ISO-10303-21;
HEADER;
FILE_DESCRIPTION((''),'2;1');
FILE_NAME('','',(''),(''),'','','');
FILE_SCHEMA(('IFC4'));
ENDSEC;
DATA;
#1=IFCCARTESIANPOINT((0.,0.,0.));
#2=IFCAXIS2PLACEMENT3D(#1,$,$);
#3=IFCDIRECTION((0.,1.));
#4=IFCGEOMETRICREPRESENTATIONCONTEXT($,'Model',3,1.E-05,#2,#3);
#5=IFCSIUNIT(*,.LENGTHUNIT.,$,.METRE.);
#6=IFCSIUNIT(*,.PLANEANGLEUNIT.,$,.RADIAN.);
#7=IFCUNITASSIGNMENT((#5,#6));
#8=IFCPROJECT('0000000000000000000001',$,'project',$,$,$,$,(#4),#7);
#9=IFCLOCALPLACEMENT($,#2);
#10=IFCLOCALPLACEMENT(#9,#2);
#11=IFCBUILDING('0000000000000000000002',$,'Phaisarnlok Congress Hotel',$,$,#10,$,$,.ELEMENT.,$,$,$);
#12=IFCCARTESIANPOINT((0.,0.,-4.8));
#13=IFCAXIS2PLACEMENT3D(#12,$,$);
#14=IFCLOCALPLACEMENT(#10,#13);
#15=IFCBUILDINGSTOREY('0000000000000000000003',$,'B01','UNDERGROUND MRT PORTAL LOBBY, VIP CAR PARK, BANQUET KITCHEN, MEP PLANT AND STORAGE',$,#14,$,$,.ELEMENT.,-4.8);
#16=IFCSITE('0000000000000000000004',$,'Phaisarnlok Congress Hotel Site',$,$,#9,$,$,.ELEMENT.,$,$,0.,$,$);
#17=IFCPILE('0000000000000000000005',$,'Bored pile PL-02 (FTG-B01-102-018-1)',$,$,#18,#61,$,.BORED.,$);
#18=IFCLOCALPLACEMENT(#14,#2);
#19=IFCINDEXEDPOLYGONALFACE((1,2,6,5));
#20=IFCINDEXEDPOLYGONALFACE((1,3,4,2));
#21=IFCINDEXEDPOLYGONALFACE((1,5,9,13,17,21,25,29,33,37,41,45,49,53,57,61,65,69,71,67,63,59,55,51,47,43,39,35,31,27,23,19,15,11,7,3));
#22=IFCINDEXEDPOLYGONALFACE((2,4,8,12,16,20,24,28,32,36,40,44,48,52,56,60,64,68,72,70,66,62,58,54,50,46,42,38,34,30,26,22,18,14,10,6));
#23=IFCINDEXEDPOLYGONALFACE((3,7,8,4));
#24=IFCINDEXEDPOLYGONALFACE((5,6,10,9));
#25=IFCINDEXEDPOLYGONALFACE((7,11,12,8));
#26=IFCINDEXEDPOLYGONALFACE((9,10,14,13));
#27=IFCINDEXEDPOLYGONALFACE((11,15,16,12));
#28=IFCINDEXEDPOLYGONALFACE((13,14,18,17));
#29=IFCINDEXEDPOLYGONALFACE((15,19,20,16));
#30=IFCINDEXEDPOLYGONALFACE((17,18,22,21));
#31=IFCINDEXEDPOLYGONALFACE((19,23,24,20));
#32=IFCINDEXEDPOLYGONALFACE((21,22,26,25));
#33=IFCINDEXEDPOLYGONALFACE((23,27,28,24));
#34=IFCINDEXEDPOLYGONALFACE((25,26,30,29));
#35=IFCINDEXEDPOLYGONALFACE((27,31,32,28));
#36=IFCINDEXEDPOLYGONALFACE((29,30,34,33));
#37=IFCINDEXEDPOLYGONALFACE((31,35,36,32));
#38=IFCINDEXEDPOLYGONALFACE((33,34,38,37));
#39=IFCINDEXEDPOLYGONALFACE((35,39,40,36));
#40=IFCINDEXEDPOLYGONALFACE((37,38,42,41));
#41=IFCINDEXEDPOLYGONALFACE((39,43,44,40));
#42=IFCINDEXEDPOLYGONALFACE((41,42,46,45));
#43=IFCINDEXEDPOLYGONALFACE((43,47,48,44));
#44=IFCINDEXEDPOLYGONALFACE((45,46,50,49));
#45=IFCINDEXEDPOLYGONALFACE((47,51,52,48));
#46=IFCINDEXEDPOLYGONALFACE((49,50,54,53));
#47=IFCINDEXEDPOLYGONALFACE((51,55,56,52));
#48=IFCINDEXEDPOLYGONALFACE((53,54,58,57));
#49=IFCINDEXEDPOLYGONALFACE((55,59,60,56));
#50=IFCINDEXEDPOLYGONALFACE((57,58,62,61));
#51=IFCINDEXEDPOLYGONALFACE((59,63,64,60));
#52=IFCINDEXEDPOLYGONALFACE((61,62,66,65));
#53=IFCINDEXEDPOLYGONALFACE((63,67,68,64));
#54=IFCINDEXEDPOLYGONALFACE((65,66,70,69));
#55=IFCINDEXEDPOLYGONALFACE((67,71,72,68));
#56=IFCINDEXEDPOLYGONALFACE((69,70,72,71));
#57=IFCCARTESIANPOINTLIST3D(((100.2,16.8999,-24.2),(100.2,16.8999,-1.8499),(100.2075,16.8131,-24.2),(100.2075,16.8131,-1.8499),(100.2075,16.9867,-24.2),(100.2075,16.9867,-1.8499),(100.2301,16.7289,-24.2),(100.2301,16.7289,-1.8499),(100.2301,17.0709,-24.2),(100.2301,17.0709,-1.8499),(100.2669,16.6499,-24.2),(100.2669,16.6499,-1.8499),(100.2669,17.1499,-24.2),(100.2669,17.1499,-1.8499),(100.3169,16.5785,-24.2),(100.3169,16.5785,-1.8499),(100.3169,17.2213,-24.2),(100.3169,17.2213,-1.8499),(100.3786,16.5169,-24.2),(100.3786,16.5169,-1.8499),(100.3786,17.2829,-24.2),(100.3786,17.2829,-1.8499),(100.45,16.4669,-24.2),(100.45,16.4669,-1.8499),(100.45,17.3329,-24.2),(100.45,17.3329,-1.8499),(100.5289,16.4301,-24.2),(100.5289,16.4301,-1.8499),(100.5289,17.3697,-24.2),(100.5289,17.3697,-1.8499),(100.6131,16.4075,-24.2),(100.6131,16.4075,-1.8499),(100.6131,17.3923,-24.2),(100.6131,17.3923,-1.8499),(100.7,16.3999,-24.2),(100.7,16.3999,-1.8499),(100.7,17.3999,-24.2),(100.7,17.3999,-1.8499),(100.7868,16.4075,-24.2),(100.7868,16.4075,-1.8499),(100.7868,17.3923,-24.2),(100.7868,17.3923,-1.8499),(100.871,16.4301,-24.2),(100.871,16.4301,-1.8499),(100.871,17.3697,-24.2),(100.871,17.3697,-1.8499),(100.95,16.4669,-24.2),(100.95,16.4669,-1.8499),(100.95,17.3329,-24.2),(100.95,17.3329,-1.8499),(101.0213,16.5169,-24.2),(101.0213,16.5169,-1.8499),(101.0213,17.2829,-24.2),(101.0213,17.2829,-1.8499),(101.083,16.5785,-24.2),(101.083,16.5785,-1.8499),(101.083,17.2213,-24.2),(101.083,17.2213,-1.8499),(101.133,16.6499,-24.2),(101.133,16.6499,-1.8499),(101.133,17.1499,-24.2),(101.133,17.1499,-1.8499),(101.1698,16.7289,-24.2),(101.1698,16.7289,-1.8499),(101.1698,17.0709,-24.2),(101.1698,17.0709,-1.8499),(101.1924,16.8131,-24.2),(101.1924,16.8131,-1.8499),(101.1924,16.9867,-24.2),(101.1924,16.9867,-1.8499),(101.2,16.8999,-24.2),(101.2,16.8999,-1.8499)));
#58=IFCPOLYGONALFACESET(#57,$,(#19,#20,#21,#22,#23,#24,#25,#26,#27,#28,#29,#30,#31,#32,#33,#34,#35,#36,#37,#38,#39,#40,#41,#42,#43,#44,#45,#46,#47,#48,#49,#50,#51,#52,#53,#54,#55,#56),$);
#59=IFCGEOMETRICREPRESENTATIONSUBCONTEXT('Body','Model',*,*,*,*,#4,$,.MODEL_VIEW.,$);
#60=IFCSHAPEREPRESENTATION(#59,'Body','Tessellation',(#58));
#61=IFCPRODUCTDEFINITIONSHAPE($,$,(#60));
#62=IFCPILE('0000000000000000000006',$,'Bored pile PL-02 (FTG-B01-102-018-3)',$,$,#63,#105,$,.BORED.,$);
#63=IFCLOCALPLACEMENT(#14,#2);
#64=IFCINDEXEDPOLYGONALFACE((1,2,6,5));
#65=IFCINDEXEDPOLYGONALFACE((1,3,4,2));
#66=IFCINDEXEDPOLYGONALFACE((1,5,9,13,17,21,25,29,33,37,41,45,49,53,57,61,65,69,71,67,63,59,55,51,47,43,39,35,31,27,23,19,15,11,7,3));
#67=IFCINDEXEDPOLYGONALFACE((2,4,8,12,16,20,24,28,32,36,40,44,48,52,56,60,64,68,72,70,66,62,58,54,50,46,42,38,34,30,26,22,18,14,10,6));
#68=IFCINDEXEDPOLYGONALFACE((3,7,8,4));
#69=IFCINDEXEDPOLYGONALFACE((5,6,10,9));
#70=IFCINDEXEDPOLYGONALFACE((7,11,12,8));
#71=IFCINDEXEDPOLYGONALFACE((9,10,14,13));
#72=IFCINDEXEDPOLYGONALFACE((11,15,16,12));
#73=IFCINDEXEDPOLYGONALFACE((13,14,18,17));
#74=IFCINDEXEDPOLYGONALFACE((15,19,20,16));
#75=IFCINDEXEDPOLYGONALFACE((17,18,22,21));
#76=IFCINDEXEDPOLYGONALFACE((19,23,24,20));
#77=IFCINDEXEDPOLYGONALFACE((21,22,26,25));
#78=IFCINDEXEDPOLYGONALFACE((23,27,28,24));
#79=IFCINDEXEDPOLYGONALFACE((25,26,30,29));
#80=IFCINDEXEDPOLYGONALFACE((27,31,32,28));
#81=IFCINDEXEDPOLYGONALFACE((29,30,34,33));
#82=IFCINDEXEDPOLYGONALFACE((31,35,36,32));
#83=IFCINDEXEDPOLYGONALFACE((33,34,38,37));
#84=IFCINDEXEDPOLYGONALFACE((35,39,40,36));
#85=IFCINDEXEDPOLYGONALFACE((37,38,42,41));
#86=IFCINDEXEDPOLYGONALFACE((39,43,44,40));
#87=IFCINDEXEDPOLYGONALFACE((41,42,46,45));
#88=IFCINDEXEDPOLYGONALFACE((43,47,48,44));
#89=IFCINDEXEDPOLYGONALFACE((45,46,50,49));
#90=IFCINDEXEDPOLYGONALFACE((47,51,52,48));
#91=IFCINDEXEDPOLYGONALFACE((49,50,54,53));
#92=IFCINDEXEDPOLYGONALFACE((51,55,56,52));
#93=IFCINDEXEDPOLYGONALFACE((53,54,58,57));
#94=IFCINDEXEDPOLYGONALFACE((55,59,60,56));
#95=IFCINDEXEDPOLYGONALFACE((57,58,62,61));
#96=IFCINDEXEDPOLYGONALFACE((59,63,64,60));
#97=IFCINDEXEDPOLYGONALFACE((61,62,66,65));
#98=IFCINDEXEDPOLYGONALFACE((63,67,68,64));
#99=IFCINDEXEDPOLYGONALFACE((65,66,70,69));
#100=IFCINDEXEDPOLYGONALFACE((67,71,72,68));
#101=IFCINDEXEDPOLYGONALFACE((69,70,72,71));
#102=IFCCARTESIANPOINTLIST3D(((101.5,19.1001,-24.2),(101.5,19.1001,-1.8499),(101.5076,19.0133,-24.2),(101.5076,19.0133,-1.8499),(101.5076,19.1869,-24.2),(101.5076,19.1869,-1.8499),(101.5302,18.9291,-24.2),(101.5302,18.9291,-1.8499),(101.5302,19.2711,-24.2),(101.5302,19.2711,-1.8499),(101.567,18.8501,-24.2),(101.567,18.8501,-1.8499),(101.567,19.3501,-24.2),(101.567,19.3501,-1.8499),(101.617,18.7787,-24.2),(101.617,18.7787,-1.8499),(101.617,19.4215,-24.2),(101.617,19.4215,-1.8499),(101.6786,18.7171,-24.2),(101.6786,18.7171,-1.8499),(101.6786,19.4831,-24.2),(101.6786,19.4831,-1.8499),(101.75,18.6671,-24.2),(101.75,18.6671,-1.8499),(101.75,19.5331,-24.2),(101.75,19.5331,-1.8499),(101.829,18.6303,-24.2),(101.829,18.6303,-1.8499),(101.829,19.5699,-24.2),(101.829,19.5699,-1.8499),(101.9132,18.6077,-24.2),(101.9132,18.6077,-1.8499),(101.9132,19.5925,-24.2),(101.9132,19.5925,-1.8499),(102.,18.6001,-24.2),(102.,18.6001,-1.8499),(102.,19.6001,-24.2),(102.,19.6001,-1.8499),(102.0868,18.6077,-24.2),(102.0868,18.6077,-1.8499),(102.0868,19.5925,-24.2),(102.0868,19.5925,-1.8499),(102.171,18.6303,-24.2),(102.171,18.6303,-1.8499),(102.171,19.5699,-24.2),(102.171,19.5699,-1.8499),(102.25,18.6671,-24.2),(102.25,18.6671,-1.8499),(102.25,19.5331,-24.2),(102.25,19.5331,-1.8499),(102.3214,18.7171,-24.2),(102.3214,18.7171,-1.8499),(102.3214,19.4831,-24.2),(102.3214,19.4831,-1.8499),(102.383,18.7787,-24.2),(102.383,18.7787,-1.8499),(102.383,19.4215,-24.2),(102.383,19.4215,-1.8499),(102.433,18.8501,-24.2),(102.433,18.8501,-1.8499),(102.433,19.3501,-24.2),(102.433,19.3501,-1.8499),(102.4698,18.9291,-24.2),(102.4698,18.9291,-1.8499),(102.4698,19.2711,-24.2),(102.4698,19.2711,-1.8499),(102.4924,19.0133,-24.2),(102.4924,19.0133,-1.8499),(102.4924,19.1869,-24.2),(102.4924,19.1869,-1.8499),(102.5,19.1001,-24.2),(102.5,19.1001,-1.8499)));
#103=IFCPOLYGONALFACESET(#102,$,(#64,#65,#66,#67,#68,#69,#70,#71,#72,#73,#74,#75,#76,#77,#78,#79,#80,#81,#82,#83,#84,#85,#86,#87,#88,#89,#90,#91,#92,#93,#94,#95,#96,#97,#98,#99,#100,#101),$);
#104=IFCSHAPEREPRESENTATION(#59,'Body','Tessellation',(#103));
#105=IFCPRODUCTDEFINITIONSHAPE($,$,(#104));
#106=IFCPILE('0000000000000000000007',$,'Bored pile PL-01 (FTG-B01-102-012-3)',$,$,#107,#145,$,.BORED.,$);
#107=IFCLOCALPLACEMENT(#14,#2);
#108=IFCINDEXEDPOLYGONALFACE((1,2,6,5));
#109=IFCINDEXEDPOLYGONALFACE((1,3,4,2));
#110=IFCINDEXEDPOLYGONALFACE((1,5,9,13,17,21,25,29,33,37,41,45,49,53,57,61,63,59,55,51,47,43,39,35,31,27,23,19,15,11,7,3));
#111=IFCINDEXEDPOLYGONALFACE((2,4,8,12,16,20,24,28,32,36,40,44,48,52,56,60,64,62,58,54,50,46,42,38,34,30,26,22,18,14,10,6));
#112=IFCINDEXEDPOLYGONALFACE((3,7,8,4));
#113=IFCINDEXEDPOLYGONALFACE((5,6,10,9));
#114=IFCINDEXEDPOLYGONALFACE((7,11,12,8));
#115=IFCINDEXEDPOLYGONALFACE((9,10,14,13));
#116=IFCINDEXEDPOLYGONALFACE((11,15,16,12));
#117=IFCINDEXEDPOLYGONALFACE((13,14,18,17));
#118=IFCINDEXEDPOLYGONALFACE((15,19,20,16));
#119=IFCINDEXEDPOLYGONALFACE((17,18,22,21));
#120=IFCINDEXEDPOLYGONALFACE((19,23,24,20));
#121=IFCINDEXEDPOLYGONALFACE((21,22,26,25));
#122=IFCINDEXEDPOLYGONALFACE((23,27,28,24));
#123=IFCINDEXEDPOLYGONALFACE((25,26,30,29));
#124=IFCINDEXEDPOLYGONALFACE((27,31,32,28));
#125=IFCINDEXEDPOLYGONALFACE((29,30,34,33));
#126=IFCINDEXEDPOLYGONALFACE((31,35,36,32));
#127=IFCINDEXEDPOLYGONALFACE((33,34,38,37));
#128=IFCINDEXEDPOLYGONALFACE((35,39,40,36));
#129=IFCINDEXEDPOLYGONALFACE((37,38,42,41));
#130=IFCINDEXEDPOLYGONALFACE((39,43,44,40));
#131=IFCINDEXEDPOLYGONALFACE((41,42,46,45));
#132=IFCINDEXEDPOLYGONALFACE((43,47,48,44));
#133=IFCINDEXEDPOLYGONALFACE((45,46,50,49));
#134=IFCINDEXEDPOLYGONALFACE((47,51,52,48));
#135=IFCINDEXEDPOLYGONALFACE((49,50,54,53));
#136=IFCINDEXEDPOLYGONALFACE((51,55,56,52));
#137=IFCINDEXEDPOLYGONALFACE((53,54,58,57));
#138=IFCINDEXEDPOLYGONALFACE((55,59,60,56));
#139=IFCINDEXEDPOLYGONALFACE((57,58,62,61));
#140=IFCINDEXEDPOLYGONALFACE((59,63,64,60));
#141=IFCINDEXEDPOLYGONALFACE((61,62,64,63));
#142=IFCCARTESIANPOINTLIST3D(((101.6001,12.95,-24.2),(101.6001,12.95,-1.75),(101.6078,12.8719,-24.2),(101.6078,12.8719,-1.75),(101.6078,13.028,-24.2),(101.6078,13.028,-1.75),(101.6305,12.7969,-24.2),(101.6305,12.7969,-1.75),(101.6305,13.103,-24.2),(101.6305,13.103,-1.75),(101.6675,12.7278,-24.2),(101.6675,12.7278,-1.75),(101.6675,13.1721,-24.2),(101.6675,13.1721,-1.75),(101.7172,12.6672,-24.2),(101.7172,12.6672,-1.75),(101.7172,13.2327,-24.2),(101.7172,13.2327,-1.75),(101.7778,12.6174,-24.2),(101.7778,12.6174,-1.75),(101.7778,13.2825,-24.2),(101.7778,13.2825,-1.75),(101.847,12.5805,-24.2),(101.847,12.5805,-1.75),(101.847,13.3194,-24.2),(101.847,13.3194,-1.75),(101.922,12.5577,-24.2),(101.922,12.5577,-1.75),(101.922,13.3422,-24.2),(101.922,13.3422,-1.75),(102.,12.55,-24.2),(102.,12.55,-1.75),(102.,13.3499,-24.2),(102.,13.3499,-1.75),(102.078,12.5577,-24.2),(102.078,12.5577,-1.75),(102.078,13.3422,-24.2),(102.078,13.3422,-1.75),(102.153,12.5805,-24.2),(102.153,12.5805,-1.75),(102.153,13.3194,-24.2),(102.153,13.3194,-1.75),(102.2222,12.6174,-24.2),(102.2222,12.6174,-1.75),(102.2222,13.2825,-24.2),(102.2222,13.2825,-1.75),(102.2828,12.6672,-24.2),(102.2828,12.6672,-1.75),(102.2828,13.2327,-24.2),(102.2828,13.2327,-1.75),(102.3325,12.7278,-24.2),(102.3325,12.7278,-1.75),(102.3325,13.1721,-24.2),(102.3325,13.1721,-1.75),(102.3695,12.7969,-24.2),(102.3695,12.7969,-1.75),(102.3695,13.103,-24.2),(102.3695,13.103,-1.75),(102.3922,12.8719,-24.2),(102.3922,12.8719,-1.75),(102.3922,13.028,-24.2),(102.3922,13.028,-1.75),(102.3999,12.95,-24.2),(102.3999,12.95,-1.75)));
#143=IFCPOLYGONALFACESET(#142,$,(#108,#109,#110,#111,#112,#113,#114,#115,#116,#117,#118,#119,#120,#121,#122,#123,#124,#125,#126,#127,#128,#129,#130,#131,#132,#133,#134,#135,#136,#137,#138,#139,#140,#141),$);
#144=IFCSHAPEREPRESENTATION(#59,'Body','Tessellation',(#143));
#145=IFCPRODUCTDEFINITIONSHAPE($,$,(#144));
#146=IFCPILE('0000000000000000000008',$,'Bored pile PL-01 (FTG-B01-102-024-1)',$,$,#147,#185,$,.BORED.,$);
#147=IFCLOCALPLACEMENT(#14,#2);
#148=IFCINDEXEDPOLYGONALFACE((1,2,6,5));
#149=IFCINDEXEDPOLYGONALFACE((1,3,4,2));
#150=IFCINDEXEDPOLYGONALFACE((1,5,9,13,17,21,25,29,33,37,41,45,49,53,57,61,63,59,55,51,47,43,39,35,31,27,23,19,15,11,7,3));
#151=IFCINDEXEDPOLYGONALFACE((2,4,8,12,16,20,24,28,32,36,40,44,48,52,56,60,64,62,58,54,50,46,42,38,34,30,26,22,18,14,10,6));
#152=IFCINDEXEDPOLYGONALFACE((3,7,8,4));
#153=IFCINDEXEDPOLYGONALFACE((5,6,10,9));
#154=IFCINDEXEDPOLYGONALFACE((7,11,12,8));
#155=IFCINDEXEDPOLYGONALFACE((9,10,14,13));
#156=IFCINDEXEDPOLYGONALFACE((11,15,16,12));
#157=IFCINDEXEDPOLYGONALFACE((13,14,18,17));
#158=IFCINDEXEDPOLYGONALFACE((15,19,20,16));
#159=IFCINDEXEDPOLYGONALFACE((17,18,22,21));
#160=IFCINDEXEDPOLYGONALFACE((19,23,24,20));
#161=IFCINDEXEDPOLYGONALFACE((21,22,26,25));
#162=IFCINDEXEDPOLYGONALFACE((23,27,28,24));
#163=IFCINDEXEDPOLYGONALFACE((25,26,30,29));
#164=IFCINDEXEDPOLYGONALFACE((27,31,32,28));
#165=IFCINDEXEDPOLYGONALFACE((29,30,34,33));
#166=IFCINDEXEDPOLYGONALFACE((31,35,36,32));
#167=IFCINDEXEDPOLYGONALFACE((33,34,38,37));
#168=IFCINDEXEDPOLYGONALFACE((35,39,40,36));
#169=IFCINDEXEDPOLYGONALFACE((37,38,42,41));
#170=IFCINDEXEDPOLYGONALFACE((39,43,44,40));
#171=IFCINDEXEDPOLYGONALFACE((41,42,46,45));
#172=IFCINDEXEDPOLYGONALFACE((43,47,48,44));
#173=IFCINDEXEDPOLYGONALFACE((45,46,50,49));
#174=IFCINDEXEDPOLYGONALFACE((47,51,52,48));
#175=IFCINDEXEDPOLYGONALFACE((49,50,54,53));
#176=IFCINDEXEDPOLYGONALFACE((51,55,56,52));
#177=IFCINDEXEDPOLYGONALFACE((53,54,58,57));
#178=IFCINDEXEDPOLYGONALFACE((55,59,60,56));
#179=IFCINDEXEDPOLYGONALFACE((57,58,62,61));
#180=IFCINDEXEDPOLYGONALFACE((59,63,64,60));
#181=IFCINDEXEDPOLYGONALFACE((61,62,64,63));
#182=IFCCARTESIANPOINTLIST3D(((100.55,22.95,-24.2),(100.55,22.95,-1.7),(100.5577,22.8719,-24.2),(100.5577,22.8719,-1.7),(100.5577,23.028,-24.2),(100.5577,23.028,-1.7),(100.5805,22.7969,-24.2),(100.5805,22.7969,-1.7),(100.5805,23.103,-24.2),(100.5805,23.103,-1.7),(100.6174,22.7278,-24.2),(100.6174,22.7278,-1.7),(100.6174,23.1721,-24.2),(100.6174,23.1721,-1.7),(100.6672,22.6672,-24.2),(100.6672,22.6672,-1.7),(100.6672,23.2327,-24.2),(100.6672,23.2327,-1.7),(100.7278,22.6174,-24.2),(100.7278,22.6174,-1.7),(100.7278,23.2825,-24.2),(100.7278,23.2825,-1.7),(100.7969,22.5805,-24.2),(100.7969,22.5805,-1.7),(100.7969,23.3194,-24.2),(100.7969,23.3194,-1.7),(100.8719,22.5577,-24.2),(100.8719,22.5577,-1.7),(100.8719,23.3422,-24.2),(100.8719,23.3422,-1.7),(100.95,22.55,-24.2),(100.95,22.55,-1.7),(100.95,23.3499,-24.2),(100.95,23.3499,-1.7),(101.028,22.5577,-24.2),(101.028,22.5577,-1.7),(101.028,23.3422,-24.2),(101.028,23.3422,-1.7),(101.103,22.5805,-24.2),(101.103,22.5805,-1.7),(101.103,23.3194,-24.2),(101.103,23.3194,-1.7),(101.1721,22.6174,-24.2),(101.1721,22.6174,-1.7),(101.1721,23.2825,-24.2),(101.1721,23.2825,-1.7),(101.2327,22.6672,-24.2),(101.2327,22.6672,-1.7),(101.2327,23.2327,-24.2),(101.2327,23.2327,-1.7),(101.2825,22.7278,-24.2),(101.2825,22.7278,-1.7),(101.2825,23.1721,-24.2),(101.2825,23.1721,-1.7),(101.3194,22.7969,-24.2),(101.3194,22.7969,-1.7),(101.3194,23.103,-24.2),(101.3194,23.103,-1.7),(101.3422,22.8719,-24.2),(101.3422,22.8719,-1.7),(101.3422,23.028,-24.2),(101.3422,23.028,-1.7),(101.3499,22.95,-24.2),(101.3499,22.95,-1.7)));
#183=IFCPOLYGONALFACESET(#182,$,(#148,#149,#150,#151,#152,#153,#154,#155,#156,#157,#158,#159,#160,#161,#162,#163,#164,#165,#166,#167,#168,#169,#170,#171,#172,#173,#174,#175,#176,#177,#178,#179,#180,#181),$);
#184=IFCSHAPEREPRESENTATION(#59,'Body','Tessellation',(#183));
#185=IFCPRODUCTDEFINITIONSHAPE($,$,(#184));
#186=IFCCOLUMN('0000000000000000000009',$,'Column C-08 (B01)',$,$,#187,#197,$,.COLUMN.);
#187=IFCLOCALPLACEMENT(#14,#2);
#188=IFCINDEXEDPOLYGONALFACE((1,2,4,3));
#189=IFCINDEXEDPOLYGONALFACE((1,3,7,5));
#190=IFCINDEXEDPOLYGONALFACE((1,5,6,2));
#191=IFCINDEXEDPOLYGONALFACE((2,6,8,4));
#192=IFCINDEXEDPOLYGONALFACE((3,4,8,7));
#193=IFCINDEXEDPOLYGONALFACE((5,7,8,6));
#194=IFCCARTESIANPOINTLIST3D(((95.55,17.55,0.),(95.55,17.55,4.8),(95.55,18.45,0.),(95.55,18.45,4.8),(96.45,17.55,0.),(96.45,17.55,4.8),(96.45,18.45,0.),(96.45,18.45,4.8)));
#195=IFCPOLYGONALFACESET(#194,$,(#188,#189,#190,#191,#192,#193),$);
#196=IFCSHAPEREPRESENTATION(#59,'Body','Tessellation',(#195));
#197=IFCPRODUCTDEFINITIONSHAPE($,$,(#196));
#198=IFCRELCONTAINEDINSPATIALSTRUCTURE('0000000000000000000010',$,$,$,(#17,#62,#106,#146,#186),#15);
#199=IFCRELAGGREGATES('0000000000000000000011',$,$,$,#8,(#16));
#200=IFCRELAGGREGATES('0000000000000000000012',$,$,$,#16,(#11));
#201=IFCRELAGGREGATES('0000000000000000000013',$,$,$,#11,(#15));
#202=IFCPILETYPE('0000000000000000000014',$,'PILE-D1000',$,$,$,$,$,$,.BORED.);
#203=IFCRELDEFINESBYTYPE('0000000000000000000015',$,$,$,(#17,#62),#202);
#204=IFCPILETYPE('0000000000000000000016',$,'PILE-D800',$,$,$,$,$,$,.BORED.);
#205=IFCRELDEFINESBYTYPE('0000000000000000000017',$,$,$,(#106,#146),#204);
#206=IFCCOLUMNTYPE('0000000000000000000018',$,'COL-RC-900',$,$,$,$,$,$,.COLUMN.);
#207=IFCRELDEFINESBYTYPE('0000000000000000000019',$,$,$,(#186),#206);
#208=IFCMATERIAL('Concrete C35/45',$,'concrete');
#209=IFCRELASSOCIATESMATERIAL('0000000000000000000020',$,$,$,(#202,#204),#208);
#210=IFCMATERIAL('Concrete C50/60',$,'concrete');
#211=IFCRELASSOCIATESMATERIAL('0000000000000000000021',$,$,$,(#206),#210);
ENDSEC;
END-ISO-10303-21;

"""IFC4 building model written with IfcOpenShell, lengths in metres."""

from ifc_helpers import new_model, si_unit, direction, frame, origin, origin_2d, place, context, subcontext, project, spatial, rectangle, circle, extrude, material, material_profile, profile_set, type_object, element, save


model = new_model("IFC4")

# Units and contexts
model_context = context("Model", 3, precision=1e-05, world=origin(), true_north=direction((0.0, 1.0)))
body_context = subcontext(model_context, "Body", "Model", "MODEL_VIEW")
ifc_project = project(units=[si_unit("LENGTHUNIT", "METRE"), si_unit("PLANEANGLEUNIT", "RADIAN")], contexts=[model_context])

# Site, building, storey
site_placement = place(None, origin())
site = spatial("IfcSite", under=ifc_project, at=site_placement, Name="Phaisarnlok Congress Hotel Site", CompositionType="ELEMENT", RefElevation=0.0)
building_placement = place(site_placement, origin())
building = spatial("IfcBuilding", under=site, at=building_placement, Name="Phaisarnlok Congress Hotel", CompositionType="ELEMENT")
storey_placement = place(building_placement, frame((0.0, 0.0, -4.8)))
storey = spatial("IfcBuildingStorey", under=building, at=storey_placement, Name="B01", Description="UNDERGROUND MRT PORTAL LOBBY, VIP CAR PARK, BANQUET KITCHEN, MEP PLANT AND STORAGE", CompositionType="ELEMENT", Elevation=-4.8)

# Piles
ifc_material_1 = material(Name="Concrete C35/45", Category="concrete")
ifc_material_profile_1 = material_profile(ifc_material_1, circle(Radius=0.5, at=origin_2d()), Name="BORED PILE D1000")
ifc_profile_set_1 = profile_set([ifc_material_profile_1], Name="Concrete C35/45")
pile_type_1 = type_object("IfcPileType", Name="PILE-D1000", PredefinedType="BORED", material=ifc_profile_set_1)
for number, where, z_axis, x_axis, name in (
    (1, (100.7, 16.8999, -1.8499), (0.0, 0.0, -1.0), (1.0, 0.0, 0.0), "Bored pile PL-02 (FTG-B01-102-018-1)"),
    (2, (102.0, 19.1001, -1.8499), (0.0, 0.0, -1.0), (1.0, 0.0, 0.0), "Bored pile PL-02 (FTG-B01-102-018-3)"),
):
    element("IfcPile", number, at=place(storey_placement, frame(where, z_axis=z_axis, x_axis=x_axis)), inside=storey, type_object=pile_type_1, Name=name, PredefinedType="BORED", context=body_context, shape_type="SweptSolid", body=[
        extrude(circle(Radius=0.5, at=origin_2d()), origin(), (0.0, 0.0, 1.0), 22.3501),
    ])
ifc_material_profile_2 = material_profile(ifc_material_1, circle(Radius=0.3999, at=origin_2d()), Name="BORED PILE D800")
ifc_profile_set_2 = profile_set([ifc_material_profile_2], Name="Concrete C35/45")
pile_type_2 = type_object("IfcPileType", Name="PILE-D800", PredefinedType="BORED", material=ifc_profile_set_2)
pile_1_placement = place(storey_placement, frame((102.0, 12.95, -1.75), z_axis=(0.0, 0.0, -1.0), x_axis=(1.0, 0.0, 0.0)))
element("IfcPile", 3, at=pile_1_placement, inside=storey, type_object=pile_type_2, Name="Bored pile PL-01 (FTG-B01-102-012-3)", PredefinedType="BORED", context=body_context, shape_type="SweptSolid", body=[
    extrude(circle(Radius=0.3999, at=origin_2d()), origin(), (0.0, 0.0, 1.0), 22.45),
])
pile_2_placement = place(storey_placement, frame((100.95, 22.95, -1.7), z_axis=(0.0, 0.0, -1.0), x_axis=(1.0, 0.0, 0.0)))
element("IfcPile", 4, at=pile_2_placement, inside=storey, type_object=pile_type_2, Name="Bored pile PL-01 (FTG-B01-102-024-1)", PredefinedType="BORED", context=body_context, shape_type="SweptSolid", body=[
    extrude(circle(Radius=0.3999, at=origin_2d()), origin(), (0.0, 0.0, 1.0), 22.5),
])

# Column
ifc_material_2 = material(Name="Concrete C50/60", Category="concrete")
ifc_material_profile_3 = material_profile(ifc_material_2, rectangle(XDim=0.8999, YDim=0.8999, at=origin_2d()), Name="RC 900x900")
ifc_profile_set_3 = profile_set([ifc_material_profile_3], Name="Concrete C50/60")
column_type = type_object("IfcColumnType", Name="COL-RC-900", PredefinedType="COLUMN", material=ifc_profile_set_3)
for number, where, z_axis, x_axis, name in (
    (5, (96.0, 18.0, 0.0), (0.0, 0.0, 1.0), (1.0, 0.0, 0.0), "Column C-08 (B01)"),
):
    element("IfcColumn", number, at=place(storey_placement, frame(where, z_axis=z_axis, x_axis=x_axis)), inside=storey, type_object=column_type, Name=name, PredefinedType="COLUMN", context=body_context, shape_type="SweptSolid", body=[
        extrude(rectangle(XDim=0.8999, YDim=0.8999, at=origin_2d()), origin(), (0.0, 0.0, 1.0), 4.8),
    ])

save(model, "model.ifc")
